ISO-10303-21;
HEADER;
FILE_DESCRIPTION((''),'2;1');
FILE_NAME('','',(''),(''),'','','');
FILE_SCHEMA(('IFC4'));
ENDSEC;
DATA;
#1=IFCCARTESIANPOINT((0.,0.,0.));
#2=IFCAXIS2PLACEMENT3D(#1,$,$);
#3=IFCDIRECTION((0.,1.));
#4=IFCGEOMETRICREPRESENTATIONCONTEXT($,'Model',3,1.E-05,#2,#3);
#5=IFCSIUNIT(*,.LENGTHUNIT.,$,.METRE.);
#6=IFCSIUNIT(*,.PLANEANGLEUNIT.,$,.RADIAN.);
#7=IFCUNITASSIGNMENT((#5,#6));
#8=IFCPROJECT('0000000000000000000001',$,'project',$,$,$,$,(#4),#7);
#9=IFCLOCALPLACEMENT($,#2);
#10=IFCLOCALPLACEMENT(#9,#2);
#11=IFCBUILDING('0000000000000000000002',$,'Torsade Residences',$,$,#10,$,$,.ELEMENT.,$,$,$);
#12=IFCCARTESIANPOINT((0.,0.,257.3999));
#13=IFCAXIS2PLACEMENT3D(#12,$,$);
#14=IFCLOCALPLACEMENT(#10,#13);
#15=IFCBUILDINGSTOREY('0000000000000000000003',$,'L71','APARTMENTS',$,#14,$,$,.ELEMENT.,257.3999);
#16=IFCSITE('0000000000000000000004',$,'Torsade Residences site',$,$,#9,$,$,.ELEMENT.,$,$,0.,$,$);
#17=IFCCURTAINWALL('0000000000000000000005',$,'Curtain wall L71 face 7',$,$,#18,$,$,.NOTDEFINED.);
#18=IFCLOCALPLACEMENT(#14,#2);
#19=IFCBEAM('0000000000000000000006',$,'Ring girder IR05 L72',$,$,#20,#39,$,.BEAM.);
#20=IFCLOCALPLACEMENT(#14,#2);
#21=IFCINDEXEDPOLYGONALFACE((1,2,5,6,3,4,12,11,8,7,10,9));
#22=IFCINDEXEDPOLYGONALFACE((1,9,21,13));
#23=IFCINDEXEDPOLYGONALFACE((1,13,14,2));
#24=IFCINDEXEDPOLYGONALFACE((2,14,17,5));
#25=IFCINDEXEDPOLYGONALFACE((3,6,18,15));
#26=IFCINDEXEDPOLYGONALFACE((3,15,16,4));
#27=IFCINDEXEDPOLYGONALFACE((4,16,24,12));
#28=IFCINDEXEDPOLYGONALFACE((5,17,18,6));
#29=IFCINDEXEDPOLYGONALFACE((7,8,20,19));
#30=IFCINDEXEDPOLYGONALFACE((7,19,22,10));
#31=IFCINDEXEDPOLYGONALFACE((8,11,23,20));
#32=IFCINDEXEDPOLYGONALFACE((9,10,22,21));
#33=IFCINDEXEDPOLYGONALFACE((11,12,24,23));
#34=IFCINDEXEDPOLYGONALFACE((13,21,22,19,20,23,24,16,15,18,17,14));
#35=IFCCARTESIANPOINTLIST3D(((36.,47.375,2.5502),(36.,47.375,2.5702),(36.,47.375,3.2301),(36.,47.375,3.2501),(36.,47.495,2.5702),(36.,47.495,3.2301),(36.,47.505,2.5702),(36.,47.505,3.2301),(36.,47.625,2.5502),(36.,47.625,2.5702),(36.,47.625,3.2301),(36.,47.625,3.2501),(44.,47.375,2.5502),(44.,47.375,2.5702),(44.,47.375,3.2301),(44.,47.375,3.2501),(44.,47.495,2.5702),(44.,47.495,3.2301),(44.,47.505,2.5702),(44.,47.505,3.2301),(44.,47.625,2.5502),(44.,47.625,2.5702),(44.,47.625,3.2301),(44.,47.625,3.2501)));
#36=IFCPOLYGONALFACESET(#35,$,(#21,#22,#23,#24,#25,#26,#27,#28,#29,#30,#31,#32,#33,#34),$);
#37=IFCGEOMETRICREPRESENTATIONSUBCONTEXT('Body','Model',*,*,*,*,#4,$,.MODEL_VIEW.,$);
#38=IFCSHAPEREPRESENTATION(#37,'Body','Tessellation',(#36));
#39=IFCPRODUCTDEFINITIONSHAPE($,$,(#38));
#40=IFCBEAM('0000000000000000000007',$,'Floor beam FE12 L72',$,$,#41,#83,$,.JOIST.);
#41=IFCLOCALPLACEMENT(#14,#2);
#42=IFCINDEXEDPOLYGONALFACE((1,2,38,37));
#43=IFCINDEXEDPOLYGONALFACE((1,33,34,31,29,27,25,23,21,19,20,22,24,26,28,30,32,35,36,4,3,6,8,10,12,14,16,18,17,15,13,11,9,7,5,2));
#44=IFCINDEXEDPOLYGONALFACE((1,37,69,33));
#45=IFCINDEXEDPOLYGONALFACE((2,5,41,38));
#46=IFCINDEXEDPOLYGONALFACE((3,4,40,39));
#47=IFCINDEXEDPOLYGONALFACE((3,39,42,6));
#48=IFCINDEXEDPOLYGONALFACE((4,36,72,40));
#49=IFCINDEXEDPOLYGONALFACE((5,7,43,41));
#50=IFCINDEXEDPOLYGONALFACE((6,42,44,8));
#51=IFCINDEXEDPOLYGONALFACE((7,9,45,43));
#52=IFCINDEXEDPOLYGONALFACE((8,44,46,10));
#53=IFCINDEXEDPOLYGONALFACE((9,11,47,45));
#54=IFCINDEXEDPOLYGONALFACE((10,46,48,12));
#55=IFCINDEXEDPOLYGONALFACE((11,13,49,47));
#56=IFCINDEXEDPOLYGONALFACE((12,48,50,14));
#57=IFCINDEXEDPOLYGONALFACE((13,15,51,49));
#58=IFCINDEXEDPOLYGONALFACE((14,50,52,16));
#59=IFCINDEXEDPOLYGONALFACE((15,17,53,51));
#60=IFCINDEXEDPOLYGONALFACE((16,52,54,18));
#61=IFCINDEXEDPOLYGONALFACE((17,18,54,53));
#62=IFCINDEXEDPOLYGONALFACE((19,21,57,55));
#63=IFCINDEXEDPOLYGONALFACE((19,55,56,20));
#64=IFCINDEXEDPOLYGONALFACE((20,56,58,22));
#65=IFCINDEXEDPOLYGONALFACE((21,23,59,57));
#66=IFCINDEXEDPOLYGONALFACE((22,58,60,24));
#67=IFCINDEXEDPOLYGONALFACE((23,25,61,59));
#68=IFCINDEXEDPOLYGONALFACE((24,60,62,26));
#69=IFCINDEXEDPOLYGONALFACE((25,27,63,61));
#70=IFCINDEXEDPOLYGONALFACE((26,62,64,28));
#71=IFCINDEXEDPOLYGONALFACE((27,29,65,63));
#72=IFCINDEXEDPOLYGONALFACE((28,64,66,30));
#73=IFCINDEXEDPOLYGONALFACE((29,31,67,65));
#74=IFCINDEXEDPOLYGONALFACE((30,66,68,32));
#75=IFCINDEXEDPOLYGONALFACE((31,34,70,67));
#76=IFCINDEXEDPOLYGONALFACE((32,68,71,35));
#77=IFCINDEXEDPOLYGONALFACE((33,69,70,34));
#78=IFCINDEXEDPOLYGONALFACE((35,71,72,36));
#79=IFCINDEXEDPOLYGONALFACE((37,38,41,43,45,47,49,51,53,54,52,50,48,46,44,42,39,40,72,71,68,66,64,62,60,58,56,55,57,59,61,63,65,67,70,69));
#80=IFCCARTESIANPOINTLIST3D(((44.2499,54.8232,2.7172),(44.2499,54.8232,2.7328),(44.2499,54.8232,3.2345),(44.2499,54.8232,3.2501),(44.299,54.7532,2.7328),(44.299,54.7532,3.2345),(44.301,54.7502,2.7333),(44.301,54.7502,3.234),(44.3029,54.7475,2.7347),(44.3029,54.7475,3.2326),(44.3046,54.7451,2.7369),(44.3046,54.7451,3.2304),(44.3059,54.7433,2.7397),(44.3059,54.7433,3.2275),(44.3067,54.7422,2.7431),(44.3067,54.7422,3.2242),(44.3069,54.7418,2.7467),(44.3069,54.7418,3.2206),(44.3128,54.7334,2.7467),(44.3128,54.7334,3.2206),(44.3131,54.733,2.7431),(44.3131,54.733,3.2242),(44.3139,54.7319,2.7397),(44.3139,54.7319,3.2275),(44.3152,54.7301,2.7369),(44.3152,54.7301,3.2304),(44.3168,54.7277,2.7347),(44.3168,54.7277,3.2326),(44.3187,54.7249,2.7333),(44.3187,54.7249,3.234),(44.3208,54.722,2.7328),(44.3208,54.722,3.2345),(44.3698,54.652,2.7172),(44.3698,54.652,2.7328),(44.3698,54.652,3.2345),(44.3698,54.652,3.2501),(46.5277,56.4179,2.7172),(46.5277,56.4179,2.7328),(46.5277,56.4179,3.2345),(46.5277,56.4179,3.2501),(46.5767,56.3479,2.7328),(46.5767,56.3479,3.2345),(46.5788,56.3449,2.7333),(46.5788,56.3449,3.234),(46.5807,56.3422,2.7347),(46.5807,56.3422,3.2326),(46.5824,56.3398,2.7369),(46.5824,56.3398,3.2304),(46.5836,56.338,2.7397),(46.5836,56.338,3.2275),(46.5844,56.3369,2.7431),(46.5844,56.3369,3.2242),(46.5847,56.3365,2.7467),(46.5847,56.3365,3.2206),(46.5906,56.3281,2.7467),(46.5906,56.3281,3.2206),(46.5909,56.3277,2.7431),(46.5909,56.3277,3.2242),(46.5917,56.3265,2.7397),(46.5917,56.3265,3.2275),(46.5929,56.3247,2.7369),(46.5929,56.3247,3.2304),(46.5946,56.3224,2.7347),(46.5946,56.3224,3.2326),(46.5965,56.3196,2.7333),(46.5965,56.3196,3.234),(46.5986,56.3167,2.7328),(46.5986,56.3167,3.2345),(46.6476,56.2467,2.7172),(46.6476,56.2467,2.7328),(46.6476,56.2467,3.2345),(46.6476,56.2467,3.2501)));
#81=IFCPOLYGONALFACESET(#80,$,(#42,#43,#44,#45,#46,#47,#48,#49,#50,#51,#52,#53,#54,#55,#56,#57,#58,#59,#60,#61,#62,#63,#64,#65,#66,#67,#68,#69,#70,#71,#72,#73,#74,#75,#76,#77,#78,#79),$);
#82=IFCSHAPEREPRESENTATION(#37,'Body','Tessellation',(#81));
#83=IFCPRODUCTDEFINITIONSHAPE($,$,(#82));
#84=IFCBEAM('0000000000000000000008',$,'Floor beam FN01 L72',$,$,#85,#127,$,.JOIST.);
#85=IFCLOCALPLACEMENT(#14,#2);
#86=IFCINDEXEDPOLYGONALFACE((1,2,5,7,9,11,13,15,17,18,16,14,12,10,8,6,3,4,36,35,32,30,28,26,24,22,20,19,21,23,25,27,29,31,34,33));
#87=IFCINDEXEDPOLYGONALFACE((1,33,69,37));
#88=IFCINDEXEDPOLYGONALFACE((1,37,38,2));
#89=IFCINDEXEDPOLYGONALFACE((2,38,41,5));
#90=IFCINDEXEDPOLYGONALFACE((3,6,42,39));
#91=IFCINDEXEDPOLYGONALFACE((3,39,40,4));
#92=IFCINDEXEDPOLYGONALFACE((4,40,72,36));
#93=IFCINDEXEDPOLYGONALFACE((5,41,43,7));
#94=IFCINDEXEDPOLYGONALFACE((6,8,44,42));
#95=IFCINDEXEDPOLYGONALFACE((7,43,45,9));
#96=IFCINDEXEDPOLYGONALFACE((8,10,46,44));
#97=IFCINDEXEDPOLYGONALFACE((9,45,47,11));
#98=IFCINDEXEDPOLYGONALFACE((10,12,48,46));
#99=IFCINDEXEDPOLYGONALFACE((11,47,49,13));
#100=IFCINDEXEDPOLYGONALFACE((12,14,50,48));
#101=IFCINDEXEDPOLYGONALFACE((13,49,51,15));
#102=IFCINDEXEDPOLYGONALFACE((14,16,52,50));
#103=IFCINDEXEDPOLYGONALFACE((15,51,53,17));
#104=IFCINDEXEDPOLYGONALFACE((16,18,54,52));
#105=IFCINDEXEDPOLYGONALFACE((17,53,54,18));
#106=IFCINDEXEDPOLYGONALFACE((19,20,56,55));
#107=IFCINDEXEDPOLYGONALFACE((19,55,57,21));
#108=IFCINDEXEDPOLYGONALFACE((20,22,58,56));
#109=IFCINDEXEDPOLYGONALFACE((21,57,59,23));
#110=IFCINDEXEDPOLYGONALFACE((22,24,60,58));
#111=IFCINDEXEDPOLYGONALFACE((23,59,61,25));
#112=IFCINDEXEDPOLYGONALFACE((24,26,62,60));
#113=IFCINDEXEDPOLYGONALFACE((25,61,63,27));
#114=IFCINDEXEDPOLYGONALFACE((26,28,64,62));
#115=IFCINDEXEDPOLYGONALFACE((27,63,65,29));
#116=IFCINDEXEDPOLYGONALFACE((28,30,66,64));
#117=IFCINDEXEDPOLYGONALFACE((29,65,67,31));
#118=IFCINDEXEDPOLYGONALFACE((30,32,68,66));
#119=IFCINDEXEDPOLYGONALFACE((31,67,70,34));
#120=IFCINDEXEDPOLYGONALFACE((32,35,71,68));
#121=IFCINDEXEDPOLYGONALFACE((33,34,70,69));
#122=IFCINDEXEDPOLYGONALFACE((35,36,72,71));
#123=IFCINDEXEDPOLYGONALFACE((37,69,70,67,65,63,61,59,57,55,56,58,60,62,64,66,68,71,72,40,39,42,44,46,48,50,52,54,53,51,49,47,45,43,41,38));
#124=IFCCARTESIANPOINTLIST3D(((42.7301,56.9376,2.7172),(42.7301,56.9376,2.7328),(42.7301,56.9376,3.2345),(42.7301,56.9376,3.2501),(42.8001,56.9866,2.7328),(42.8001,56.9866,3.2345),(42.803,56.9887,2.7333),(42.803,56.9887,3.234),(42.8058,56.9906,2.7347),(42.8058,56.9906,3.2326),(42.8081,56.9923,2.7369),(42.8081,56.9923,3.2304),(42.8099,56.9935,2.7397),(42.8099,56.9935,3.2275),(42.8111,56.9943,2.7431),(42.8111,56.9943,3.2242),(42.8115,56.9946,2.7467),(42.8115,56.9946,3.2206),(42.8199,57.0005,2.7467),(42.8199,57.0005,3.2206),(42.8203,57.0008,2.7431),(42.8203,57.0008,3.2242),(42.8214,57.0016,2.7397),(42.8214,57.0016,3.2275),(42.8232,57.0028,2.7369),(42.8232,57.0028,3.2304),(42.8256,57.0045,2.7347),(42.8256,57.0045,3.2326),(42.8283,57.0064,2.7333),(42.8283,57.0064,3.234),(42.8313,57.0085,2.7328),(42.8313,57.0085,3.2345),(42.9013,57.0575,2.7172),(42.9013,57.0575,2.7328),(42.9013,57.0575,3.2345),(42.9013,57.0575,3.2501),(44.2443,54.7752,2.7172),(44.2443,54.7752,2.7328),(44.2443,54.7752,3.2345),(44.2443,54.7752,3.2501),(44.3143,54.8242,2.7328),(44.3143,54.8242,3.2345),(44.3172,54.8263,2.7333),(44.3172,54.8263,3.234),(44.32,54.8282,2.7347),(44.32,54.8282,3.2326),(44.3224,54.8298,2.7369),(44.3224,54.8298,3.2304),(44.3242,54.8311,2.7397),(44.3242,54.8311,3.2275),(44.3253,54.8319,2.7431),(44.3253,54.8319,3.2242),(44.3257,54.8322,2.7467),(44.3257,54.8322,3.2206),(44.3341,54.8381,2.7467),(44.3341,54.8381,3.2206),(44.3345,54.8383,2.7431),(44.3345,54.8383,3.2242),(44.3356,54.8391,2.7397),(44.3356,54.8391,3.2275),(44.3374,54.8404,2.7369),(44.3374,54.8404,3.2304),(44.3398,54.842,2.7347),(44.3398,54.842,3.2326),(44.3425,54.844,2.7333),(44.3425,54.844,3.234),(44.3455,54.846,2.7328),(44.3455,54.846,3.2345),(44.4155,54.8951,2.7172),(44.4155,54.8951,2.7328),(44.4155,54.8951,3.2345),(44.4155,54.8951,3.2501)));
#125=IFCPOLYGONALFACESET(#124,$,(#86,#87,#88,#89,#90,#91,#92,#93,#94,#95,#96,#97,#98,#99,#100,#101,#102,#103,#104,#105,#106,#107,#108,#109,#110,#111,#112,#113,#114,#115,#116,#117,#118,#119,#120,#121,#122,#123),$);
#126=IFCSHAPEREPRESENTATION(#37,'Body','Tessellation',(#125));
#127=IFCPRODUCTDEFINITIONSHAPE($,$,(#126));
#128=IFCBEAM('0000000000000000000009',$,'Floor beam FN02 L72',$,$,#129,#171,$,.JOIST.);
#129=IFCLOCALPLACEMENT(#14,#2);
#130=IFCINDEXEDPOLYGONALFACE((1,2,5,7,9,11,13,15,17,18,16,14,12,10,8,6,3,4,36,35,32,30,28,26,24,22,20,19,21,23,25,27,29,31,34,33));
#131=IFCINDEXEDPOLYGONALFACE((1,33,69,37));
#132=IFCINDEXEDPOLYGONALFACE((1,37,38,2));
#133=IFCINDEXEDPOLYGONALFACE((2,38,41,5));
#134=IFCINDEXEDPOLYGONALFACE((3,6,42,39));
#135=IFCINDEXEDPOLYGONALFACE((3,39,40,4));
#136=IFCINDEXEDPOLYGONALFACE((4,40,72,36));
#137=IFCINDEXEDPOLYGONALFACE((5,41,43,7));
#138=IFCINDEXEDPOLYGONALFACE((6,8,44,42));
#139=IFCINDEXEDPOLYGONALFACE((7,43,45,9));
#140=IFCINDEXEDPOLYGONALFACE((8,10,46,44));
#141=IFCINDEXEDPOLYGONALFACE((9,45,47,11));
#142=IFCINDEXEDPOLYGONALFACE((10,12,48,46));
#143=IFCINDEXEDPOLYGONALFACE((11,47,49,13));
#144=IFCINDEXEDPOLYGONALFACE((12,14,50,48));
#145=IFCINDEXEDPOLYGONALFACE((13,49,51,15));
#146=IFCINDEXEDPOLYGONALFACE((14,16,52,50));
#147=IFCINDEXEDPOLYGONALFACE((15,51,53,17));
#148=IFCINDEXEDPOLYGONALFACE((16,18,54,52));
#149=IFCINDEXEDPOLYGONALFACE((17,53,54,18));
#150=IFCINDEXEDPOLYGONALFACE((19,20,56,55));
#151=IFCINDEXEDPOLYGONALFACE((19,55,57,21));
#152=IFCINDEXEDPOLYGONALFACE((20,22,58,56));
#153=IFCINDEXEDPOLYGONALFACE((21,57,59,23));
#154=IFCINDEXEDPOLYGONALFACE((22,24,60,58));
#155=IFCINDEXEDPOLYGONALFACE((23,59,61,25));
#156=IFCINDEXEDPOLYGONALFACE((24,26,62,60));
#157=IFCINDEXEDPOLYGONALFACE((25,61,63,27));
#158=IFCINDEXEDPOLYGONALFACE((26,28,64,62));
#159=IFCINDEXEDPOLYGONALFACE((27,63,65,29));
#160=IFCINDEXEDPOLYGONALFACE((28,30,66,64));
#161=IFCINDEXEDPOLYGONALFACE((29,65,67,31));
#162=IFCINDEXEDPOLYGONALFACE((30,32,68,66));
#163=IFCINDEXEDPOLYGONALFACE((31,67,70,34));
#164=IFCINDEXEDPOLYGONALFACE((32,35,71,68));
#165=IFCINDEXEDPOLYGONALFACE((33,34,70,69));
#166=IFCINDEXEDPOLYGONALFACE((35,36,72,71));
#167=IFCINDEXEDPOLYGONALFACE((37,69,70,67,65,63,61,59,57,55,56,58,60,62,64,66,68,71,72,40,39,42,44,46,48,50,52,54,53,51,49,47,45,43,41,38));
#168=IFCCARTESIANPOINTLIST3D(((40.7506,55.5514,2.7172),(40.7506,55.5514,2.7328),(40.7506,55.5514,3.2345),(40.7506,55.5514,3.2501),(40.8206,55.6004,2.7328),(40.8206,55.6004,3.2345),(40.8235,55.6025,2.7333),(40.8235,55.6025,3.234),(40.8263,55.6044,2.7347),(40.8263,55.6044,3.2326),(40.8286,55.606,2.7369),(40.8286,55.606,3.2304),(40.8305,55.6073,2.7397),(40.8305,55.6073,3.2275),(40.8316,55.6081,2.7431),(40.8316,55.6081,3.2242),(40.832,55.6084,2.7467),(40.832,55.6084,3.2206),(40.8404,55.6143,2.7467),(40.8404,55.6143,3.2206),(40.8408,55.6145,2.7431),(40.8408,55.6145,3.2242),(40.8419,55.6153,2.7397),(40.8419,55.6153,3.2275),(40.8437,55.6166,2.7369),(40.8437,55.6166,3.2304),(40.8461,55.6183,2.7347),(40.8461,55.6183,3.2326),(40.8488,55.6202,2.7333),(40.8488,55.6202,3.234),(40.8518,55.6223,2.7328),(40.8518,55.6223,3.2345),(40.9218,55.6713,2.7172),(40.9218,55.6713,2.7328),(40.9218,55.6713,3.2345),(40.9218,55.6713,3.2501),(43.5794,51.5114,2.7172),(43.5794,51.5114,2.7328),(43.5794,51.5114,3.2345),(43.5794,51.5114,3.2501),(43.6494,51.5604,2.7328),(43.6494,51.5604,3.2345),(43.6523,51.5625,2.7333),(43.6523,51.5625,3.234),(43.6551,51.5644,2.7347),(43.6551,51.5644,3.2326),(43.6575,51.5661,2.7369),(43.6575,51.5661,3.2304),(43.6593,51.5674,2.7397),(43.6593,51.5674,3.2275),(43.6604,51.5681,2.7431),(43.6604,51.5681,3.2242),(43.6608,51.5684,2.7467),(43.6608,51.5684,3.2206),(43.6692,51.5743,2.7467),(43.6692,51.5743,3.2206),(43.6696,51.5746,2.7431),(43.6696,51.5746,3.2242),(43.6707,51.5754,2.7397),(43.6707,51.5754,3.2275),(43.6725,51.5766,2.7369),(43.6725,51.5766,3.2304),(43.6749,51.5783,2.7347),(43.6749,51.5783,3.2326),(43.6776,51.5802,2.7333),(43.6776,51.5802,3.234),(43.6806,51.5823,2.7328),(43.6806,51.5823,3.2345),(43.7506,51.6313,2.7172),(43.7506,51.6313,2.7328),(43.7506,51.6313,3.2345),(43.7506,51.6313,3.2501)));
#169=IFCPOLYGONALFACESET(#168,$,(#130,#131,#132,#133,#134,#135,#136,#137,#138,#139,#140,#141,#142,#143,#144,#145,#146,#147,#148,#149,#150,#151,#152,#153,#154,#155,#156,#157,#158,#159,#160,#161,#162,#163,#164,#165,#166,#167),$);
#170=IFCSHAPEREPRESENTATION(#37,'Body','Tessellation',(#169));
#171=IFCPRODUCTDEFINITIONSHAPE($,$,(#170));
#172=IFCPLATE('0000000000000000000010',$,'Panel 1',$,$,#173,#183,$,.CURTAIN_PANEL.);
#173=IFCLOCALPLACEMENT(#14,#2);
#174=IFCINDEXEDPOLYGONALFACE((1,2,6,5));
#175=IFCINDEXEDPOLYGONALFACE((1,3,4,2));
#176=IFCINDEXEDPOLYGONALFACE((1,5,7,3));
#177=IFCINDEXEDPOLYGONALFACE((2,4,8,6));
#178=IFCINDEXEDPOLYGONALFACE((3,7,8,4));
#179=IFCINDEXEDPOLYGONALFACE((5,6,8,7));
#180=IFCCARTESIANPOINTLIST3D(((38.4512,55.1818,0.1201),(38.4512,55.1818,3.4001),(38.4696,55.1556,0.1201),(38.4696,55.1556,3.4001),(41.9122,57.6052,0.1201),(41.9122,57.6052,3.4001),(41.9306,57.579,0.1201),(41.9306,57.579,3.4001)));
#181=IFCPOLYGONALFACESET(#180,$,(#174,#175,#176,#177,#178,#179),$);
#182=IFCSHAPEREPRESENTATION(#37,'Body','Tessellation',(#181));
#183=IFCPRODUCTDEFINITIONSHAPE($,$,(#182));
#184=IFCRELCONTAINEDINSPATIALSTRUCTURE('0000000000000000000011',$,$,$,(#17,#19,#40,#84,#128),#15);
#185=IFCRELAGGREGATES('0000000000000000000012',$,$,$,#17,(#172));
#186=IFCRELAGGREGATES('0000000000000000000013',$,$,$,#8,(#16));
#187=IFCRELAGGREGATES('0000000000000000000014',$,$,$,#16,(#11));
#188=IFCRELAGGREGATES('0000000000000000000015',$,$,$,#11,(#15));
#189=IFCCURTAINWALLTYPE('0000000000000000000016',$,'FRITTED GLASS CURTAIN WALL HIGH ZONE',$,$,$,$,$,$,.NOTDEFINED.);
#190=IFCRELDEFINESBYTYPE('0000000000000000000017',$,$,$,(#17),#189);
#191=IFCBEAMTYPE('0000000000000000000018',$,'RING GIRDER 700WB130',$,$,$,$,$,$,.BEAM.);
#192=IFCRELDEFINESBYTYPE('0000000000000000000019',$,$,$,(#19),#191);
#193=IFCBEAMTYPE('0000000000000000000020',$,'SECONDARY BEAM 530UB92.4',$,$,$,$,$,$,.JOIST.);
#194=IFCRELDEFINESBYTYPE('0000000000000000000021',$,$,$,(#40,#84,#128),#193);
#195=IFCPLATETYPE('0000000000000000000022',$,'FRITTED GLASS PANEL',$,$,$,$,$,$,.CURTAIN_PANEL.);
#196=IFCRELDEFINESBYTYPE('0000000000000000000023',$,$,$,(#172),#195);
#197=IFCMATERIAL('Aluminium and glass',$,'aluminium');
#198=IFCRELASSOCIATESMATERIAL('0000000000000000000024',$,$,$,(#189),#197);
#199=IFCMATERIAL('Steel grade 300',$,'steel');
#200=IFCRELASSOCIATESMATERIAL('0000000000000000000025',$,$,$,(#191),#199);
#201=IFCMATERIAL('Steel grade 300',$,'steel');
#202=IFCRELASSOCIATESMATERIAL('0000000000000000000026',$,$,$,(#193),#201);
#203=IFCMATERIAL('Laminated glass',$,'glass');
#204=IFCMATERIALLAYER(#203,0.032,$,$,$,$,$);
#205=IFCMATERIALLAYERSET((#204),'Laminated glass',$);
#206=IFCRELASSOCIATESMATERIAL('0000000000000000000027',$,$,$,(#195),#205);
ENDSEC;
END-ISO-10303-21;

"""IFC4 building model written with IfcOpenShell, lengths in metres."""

from ifc_helpers import new_model, si_unit, direction, frame, origin, origin_2d, place, context, subcontext, project, spatial, rectangle, i_section, extrude, material, layer, layer_set, material_profile, profile_set, type_object, element, aggregate, save


model = new_model("IFC4")

# Units and contexts
model_context = context("Model", 3, precision=1e-05, world=origin(), true_north=direction((0.0, 1.0)))
body_context = subcontext(model_context, "Body", "Model", "MODEL_VIEW")
ifc_project = project(units=[si_unit("LENGTHUNIT", "METRE"), si_unit("PLANEANGLEUNIT", "RADIAN")], contexts=[model_context])

# Site, building, storey
site_placement = place(None, origin())
site = spatial("IfcSite", under=ifc_project, at=site_placement, Name="Torsade Residences site", CompositionType="ELEMENT", RefElevation=0.0)
building_placement = place(site_placement, origin())
building = spatial("IfcBuilding", under=site, at=building_placement, Name="Torsade Residences", CompositionType="ELEMENT")
storey_placement = place(building_placement, frame((0.0, 0.0, 257.3999)))
storey = spatial("IfcBuildingStorey", under=building, at=storey_placement, Name="L71", Description="APARTMENTS", CompositionType="ELEMENT", Elevation=257.3999)

# Shared definitions
ifc_material_1 = material(Name="Aluminium and glass", Category="aluminium")
curtain_wall_type = type_object("IfcCurtainWallType", Name="FRITTED GLASS CURTAIN WALL HIGH ZONE", PredefinedType="NOTDEFINED", material=ifc_material_1)

# Curtain wall
curtain_wall_1_placement = place(storey_placement, origin())
curtain_wall_1 = element("IfcCurtainWall", 1, at=curtain_wall_1_placement, inside=storey, type_object=curtain_wall_type, Name="Curtain wall L71 face 7", PredefinedType="NOTDEFINED")

# Beams
ifc_material_2 = material(Name="Steel grade 300", Category="steel")
ifc_material_profile_1 = material_profile(ifc_material_2, i_section(OverallWidth=0.25, OverallDepth=0.7, WebThickness=0.01, FlangeThickness=0.02, at=origin_2d()), Name="700WB130")
ifc_profile_set_1 = profile_set([ifc_material_profile_1], Name="Steel grade 300")
beam_type_1 = type_object("IfcBeamType", Name="RING GIRDER 700WB130", PredefinedType="BEAM", material=ifc_profile_set_1)
beam_1_placement = place(storey_placement, frame((44.0, 47.5, 2.9001), z_axis=(-1.0, 0.0, 0.0), x_axis=(0.0, -1.0, 0.0)))
element("IfcBeam", 2, at=beam_1_placement, inside=storey, type_object=beam_type_1, Name="Ring girder IR05 L72", PredefinedType="BEAM", context=body_context, shape_type="SweptSolid", body=[
    extrude(i_section(OverallWidth=0.25, OverallDepth=0.7, WebThickness=0.01, FlangeThickness=0.02, at=origin_2d()), origin(), (0.0, 0.0, 1.0), 8.0),
])
ifc_material_3 = material(Name="Steel grade 300", Category="steel")
ifc_material_profile_2 = material_profile(ifc_material_3, i_section(OverallWidth=0.209, OverallDepth=0.533, WebThickness=0.0103, FlangeThickness=0.0156, FilletRadius=0.0139, at=origin_2d()), Name="530UB92.4")
ifc_profile_set_2 = profile_set([ifc_material_profile_2], Name="Steel grade 300")
beam_type_2 = type_object("IfcBeamType", Name="SECONDARY BEAM 530UB92.4", PredefinedType="JOIST", material=ifc_profile_set_2)
beam_2_placement = place(storey_placement, frame((46.5876, 56.3323, 2.9836), z_axis=(-0.819191, -0.573521, 0.0), x_axis=(0.573521, -0.819191, 0.0)))
element("IfcBeam", 3, at=beam_2_placement, inside=storey, type_object=beam_type_2, Name="Floor beam FE12 L72", PredefinedType="JOIST", context=body_context, shape_type="SweptSolid", body=[
    extrude(i_section(OverallWidth=0.209, OverallDepth=0.533, WebThickness=0.0103, FlangeThickness=0.0156, FilletRadius=0.0139, at=origin_2d()), origin(), (0.0, 0.0, 1.0), 2.7805),
])
beam_3_placement = place(storey_placement, frame((42.8157, 56.9976, 2.9836), z_axis=(0.573593, -0.819141, 0.0), x_axis=(0.819141, 0.573593, 0.0)))
element("IfcBeam", 4, at=beam_3_placement, inside=storey, type_object=beam_type_2, Name="Floor beam FN01 L72", PredefinedType="JOIST", context=body_context, shape_type="SweptSolid", body=[
    extrude(i_section(OverallWidth=0.209, OverallDepth=0.533, WebThickness=0.0103, FlangeThickness=0.0156, FilletRadius=0.0139, at=origin_2d()), origin(), (0.0, 0.0, 1.0), 2.6399),
])
beam_4_placement = place(storey_placement, frame((40.8362, 55.6113, 2.9836), z_axis=(0.573575, -0.819153, 0.0), x_axis=(0.819153, 0.573575, 0.0)))
element("IfcBeam", 5, at=beam_4_placement, inside=storey, type_object=beam_type_2, Name="Floor beam FN02 L72", PredefinedType="JOIST", context=body_context, shape_type="SweptSolid", body=[
    extrude(i_section(OverallWidth=0.209, OverallDepth=0.533, WebThickness=0.0103, FlangeThickness=0.0156, FilletRadius=0.0139, at=origin_2d()), origin(), (0.0, 0.0, 1.0), 4.9319),
])

# Plate
ifc_material_4 = material(Name="Laminated glass", Category="glass")
ifc_layer_1 = layer(ifc_material_4, 0.032)
ifc_layer_set_1 = layer_set([ifc_layer_1], Name="Laminated glass")
plate_type = type_object("IfcPlateType", Name="FRITTED GLASS PANEL", PredefinedType="CURTAIN_PANEL", material=ifc_layer_set_1)
plate_placement = place(storey_placement, frame((40.1909, 56.3804, 0.1201), z_axis=(0.0, 0.0, 1.0), x_axis=(-0.819152, -0.573576, 0.0)))
plate = element("IfcPlate", 6, at=plate_placement, type_object=plate_type, Name="Panel 1", PredefinedType="CURTAIN_PANEL", context=body_context, shape_type="SweptSolid", body=[
    extrude(rectangle(XDim=4.2251, YDim=0.032, at=origin_2d()), origin(), (0.0, 0.0, 1.0), 3.28),
])
aggregate(curtain_wall_1, [plate])

save(model, "model.ifc")
